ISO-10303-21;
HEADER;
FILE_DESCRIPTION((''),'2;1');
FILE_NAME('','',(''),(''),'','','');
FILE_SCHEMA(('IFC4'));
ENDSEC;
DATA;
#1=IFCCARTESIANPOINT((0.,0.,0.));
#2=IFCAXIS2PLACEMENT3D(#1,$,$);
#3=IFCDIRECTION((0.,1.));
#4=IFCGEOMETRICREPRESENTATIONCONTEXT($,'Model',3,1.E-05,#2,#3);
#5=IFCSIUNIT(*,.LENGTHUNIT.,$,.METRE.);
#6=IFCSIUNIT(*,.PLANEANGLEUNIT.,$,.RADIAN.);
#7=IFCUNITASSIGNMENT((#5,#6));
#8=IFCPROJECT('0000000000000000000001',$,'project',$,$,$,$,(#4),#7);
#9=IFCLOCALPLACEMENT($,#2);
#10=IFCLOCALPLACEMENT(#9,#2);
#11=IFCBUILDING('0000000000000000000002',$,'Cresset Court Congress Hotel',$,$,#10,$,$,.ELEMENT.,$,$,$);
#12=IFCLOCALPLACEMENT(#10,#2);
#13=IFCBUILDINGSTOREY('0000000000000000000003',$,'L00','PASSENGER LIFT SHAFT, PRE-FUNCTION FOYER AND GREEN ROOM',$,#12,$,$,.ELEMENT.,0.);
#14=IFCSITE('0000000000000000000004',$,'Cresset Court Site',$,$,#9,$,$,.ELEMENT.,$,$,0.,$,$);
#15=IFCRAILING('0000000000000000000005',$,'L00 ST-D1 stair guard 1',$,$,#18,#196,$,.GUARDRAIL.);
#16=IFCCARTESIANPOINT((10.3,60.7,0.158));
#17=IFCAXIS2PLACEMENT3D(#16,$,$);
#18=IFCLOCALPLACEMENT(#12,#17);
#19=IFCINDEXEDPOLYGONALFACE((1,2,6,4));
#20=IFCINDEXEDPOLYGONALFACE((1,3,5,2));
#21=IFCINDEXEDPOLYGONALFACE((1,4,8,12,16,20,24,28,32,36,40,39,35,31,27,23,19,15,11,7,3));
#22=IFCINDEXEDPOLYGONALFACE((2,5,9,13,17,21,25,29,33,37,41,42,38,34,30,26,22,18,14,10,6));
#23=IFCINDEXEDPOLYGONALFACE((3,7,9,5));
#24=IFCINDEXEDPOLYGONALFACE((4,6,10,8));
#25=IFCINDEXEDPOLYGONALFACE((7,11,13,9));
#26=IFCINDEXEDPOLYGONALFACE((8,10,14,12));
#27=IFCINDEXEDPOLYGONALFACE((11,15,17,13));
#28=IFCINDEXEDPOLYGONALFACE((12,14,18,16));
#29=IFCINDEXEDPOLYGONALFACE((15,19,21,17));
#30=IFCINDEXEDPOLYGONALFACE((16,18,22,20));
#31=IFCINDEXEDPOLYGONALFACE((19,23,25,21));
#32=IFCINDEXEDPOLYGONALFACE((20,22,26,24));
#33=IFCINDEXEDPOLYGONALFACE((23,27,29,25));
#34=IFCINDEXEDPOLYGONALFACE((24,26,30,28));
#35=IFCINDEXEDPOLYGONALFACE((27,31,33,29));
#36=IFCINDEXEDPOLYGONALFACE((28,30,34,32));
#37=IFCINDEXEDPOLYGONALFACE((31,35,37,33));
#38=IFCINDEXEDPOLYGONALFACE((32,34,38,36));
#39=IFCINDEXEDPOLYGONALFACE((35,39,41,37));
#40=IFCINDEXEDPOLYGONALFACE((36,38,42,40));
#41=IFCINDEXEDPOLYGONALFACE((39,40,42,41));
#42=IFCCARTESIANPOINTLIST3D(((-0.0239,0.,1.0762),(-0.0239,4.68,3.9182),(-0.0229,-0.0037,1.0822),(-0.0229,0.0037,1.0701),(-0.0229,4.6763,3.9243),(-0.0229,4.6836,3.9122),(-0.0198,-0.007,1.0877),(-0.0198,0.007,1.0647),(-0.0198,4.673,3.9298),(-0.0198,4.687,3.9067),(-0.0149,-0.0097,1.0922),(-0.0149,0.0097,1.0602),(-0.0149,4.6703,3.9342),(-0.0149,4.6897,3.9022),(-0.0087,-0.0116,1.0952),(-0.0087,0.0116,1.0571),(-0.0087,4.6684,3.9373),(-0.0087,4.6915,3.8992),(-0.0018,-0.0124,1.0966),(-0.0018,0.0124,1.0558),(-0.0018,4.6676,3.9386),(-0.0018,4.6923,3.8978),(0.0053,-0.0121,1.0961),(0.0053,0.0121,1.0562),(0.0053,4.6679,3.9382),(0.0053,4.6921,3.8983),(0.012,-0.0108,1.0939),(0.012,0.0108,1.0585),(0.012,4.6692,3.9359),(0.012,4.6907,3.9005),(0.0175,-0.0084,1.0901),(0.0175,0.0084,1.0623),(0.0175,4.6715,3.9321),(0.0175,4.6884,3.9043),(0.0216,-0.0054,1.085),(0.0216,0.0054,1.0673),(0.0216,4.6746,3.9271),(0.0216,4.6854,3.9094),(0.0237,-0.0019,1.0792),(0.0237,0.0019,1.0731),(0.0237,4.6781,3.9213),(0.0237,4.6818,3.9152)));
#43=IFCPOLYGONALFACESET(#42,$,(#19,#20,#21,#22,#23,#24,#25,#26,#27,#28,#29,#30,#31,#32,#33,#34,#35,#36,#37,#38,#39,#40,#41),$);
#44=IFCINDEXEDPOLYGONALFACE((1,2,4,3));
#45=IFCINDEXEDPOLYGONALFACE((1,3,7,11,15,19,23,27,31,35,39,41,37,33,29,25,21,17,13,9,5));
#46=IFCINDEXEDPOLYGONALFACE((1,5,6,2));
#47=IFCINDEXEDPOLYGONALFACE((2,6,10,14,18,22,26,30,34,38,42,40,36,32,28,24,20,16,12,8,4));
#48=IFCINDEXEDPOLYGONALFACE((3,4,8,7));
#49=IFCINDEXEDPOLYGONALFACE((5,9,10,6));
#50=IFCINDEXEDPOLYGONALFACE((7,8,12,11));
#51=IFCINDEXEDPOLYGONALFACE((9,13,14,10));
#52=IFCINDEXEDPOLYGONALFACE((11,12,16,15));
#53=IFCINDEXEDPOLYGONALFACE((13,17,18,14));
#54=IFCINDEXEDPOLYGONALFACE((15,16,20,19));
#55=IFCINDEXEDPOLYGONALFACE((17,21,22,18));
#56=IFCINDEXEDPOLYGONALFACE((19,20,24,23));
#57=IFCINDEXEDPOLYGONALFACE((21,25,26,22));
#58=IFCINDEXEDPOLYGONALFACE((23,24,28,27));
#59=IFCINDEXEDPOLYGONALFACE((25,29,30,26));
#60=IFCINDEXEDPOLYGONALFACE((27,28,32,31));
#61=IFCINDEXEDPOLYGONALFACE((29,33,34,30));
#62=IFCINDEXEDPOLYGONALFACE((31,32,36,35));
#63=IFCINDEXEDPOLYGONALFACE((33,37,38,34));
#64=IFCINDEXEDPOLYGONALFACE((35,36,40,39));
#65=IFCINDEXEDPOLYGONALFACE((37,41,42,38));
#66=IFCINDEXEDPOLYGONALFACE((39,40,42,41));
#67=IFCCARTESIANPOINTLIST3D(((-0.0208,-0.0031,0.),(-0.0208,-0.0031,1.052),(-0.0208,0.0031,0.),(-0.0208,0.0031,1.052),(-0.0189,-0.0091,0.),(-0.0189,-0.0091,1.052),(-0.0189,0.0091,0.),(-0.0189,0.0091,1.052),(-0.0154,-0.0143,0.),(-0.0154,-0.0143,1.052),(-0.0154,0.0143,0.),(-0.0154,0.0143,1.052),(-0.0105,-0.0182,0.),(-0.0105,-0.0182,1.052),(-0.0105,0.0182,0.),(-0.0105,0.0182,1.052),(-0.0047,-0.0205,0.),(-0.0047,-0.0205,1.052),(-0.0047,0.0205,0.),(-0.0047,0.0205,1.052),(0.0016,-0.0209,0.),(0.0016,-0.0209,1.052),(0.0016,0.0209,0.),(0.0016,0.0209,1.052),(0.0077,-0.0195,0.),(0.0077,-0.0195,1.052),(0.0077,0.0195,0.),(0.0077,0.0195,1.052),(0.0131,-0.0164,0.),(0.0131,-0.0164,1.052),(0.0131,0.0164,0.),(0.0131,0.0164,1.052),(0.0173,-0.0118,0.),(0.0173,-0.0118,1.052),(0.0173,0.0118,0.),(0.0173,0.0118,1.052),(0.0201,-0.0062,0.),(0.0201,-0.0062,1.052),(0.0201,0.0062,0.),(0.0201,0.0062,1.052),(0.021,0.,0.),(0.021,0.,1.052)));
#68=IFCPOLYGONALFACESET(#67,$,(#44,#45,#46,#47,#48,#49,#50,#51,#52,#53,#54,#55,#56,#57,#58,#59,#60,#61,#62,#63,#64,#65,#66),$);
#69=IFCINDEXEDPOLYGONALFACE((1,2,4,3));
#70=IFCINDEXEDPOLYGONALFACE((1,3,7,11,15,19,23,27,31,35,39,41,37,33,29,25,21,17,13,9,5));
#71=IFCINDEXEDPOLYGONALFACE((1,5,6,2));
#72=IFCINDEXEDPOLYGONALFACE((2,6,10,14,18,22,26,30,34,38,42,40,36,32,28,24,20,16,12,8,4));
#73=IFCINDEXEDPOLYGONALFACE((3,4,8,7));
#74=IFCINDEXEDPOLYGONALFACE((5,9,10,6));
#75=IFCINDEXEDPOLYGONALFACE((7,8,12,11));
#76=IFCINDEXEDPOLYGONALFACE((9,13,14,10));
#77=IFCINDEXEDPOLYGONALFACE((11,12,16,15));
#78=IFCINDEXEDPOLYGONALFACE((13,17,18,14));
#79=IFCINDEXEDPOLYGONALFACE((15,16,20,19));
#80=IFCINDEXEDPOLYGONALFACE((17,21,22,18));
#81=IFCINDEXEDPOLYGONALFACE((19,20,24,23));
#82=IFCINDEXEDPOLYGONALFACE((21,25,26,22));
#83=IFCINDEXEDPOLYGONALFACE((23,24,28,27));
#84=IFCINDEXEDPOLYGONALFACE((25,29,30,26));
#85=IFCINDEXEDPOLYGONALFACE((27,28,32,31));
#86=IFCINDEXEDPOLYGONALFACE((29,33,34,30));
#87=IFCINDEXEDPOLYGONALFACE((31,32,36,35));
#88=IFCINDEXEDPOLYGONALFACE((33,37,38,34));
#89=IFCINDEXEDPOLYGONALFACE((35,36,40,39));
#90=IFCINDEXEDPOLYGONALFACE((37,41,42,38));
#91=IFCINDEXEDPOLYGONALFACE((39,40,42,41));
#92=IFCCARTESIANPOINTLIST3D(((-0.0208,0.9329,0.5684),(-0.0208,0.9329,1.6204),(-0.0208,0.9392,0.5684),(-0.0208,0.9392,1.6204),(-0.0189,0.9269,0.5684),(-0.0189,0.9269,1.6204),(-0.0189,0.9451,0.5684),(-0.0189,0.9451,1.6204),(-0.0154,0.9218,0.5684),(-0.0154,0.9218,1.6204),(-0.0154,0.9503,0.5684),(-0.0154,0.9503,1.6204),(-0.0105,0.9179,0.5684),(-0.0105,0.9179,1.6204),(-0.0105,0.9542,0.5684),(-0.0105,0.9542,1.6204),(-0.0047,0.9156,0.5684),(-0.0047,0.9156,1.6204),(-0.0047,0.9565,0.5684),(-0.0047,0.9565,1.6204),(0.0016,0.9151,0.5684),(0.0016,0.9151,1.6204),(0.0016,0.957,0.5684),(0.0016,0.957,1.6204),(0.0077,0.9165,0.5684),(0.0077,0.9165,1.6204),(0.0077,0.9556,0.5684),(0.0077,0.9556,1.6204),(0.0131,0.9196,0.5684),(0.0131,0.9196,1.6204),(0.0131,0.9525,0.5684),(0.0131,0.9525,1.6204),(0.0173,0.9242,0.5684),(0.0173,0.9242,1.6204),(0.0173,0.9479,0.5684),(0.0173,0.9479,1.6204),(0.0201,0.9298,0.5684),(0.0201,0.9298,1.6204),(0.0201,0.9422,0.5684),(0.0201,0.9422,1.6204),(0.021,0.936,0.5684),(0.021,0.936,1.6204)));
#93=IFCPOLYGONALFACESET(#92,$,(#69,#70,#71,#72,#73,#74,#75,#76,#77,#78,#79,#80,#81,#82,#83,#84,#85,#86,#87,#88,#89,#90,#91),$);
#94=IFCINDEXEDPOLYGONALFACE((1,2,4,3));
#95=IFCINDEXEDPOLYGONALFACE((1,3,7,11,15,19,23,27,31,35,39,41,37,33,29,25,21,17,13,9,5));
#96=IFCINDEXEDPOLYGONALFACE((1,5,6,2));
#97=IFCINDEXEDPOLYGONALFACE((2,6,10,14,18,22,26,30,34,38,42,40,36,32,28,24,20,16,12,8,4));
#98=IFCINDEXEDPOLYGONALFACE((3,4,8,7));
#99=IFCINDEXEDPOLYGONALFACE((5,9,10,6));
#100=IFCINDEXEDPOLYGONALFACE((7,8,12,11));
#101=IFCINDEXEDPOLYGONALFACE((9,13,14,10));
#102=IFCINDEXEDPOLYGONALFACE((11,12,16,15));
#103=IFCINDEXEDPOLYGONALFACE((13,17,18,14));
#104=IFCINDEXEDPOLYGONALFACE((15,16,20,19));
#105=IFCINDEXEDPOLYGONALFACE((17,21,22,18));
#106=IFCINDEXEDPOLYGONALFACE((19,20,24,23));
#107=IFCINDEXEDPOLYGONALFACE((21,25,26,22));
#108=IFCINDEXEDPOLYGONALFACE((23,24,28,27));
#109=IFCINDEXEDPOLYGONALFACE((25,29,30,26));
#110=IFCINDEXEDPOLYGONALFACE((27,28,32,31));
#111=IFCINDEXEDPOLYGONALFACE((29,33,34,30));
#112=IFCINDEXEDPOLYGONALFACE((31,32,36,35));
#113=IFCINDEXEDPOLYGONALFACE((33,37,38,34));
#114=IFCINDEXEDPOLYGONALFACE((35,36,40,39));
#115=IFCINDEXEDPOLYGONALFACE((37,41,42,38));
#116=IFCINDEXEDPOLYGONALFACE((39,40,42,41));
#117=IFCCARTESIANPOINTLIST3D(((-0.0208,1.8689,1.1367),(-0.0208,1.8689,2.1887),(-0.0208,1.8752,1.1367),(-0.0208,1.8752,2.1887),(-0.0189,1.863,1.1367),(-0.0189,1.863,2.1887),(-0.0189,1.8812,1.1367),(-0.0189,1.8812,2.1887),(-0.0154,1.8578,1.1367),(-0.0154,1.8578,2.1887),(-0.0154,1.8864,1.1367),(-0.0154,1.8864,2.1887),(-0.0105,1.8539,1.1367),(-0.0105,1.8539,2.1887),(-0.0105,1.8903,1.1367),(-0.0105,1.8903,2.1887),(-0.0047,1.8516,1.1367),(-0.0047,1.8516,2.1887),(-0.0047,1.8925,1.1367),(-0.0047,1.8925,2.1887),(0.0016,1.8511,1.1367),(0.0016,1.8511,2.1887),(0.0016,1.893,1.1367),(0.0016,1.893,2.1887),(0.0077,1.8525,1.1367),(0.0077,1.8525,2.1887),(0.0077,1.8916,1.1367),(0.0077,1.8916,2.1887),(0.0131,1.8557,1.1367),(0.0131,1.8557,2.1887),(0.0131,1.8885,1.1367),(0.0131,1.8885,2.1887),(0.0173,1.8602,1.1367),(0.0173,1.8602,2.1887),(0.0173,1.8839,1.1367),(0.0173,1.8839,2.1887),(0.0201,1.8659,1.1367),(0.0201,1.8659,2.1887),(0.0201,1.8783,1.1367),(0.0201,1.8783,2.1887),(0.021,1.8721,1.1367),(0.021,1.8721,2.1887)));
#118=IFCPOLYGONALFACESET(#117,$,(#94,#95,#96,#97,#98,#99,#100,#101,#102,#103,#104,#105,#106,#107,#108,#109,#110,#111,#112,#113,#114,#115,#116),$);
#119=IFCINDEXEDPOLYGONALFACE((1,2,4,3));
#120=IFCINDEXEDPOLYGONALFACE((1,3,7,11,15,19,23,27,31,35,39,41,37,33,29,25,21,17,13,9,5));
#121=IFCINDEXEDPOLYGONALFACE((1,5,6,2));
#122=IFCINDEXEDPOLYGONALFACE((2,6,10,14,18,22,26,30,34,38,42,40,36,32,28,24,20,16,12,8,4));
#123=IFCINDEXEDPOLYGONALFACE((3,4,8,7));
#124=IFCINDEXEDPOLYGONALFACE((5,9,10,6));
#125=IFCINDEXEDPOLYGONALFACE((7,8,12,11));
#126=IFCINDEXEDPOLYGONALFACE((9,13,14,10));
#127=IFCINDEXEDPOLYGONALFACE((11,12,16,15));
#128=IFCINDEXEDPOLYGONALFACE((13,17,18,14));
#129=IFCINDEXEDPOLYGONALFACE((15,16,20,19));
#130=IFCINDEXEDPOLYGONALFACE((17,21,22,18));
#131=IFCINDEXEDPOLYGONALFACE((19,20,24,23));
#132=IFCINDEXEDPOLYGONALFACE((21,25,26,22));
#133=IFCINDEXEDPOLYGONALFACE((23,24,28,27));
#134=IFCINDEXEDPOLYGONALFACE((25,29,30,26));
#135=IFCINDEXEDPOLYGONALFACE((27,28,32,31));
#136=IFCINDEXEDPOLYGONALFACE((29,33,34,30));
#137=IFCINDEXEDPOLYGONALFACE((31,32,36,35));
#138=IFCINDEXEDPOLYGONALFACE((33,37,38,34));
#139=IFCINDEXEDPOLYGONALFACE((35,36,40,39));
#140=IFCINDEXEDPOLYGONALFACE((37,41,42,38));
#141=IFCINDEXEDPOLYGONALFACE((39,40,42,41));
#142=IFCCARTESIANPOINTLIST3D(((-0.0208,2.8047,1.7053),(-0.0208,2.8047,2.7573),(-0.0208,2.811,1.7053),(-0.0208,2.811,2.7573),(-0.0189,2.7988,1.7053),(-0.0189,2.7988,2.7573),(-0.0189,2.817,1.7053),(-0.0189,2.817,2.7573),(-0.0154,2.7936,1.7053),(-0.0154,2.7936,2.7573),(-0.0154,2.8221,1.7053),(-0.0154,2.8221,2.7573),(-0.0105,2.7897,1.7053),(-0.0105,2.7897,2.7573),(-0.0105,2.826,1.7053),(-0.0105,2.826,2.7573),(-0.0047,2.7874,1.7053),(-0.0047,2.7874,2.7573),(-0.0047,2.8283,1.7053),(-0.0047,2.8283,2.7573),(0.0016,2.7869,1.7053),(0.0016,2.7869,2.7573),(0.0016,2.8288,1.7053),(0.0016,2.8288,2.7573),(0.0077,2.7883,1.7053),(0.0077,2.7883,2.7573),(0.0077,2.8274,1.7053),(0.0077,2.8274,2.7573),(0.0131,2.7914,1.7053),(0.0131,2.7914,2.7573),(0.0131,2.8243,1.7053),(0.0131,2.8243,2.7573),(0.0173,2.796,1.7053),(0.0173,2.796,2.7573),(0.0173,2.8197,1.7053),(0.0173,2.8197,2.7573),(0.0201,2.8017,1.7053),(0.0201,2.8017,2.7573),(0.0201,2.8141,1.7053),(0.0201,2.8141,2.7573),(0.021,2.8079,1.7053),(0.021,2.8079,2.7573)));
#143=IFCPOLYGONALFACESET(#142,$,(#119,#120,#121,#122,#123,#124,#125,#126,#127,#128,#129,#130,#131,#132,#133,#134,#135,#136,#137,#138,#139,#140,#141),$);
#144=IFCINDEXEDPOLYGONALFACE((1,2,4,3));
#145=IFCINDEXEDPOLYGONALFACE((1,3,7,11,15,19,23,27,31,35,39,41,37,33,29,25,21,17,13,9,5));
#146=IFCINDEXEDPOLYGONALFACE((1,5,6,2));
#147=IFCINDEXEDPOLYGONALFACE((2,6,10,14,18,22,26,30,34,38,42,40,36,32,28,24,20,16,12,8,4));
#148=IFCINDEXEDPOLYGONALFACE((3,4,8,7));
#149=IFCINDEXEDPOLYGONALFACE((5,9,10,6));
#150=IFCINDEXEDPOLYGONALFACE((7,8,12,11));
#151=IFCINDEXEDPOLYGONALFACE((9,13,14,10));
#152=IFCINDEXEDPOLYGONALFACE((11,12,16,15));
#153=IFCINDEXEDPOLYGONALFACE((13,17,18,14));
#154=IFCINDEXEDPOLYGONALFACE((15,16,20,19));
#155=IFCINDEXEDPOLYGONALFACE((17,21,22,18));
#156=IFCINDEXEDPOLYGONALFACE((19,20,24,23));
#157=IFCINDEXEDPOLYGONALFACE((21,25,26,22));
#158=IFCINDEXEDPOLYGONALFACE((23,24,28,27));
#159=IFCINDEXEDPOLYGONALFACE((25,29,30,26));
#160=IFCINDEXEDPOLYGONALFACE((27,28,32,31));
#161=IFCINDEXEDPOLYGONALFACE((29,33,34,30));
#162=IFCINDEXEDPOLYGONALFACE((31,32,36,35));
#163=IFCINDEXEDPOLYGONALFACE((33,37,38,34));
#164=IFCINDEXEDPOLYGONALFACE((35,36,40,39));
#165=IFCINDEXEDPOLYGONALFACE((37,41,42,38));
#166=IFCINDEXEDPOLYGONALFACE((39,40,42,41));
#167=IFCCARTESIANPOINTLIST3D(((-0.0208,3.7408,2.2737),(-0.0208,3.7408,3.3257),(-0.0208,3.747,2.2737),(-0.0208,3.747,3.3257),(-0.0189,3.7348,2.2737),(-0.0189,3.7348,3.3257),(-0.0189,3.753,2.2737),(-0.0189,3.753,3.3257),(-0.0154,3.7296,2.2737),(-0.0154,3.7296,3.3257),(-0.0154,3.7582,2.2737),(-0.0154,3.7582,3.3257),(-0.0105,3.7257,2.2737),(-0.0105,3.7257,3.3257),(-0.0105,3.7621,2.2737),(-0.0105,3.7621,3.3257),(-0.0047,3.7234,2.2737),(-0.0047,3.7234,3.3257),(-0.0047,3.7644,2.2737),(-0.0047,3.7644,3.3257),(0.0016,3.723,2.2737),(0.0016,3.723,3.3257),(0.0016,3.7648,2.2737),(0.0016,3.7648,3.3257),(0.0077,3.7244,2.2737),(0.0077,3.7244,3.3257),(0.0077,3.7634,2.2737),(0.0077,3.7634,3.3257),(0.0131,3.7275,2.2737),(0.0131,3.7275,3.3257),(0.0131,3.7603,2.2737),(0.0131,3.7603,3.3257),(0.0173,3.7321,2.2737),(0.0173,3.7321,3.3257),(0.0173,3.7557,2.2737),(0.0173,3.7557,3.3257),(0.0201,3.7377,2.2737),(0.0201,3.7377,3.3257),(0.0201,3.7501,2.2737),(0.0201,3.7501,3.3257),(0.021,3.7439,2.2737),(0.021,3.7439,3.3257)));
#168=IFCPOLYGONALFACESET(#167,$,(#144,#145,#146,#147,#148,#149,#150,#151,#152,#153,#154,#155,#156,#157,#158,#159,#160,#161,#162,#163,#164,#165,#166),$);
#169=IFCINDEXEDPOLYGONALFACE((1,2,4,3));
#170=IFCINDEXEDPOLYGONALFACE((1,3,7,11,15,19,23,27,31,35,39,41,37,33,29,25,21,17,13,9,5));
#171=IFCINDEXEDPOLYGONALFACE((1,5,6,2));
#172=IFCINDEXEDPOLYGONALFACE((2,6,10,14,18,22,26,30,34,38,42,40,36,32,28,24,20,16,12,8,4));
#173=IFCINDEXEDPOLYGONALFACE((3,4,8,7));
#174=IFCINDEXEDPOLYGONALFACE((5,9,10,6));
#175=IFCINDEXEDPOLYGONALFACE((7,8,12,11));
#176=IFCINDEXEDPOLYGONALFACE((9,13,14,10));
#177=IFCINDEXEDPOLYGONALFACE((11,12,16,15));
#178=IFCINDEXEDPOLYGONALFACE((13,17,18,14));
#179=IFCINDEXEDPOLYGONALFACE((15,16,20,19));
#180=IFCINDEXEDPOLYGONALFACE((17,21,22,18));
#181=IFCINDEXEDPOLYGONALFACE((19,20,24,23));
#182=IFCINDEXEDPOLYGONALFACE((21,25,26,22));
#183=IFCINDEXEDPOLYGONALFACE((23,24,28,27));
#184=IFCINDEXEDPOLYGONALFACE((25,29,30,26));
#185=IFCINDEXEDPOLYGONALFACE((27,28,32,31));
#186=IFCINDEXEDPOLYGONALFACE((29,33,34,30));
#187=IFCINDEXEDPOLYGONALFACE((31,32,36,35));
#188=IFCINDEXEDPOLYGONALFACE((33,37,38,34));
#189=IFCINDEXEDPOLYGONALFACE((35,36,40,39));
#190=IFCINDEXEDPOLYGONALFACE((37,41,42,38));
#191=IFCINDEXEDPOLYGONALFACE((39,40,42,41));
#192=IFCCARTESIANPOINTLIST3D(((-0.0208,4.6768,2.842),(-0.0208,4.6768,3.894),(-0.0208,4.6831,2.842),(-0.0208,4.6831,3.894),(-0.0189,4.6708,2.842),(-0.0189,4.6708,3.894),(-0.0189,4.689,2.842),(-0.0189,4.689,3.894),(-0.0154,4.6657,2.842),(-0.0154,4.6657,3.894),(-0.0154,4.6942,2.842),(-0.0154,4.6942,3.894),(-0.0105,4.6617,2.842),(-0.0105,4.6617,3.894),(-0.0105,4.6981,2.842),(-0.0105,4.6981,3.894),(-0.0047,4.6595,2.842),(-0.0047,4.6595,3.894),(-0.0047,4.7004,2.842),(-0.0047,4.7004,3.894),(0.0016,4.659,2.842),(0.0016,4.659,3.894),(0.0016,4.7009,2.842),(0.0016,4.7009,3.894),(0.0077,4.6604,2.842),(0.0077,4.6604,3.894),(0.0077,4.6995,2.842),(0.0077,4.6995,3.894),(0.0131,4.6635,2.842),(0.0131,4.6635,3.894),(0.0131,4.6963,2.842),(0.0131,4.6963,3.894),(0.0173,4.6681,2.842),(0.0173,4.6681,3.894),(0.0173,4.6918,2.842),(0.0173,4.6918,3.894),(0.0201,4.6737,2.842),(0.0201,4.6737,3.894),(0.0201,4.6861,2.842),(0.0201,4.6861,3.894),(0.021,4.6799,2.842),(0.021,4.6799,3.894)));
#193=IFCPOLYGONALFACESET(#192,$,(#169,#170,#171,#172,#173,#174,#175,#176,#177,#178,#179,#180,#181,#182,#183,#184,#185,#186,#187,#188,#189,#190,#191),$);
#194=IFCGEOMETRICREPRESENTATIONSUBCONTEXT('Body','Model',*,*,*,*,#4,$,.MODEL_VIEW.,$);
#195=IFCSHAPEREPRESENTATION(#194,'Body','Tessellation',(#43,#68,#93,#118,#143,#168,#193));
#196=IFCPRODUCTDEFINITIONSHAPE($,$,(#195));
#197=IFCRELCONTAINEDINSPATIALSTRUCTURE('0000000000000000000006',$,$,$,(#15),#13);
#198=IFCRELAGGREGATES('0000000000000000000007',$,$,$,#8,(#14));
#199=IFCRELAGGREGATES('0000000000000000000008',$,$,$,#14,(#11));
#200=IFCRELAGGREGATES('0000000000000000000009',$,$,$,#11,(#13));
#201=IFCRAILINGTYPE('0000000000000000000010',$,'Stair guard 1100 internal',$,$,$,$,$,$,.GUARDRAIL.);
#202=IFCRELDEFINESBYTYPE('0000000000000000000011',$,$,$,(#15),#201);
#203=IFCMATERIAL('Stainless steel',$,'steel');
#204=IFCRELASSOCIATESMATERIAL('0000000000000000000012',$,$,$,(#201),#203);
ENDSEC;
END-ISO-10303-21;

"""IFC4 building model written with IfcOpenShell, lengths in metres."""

from ifc_helpers import new_model, si_unit, direction, frame, origin, origin_2d, place, context, subcontext, project, spatial, circle, extrude, material, type_object, element, save


model = new_model("IFC4")

# Units and contexts
model_context = context("Model", 3, precision=1e-05, world=origin(), true_north=direction((0.0, 1.0)))
body_context = subcontext(model_context, "Body", "Model", "MODEL_VIEW")
ifc_project = project(units=[si_unit("LENGTHUNIT", "METRE"), si_unit("PLANEANGLEUNIT", "RADIAN")], contexts=[model_context])

# Site, building, storey
site_placement = place(None, origin())
site = spatial("IfcSite", under=ifc_project, at=site_placement, Name="Cresset Court Site", CompositionType="ELEMENT", RefElevation=0.0)
building_placement = place(site_placement, origin())
building = spatial("IfcBuilding", under=site, at=building_placement, Name="Cresset Court Congress Hotel", CompositionType="ELEMENT")
storey_placement = place(building_placement, origin())
storey = spatial("IfcBuildingStorey", under=building, at=storey_placement, Name="L00", Description="PASSENGER LIFT SHAFT, PRE-FUNCTION FOYER AND GREEN ROOM", CompositionType="ELEMENT", Elevation=0.0)

# Railing
ifc_material_1 = material(Name="Stainless steel", Category="steel")
railing_type_1 = type_object("IfcRailingType", Name="Stair guard 1100 internal", PredefinedType="GUARDRAIL", material=ifc_material_1)
railing_1_placement = place(storey_placement, frame((10.3, 60.7, 0.158)))
element("IfcRailing", 1, at=railing_1_placement, inside=storey, type_object=railing_type_1, Name="L00 ST-D1 stair guard 1", PredefinedType="GUARDRAIL", context=body_context, shape_type="SweptSolid", body=[
    extrude(circle(Radius=0.0239, at=origin_2d()), frame((0.0, 0.0, 1.0762), z_axis=(0.0, 0.854735, 0.519065), x_axis=(-1.0, 0.0, 0.0)), (0.0, 0.0, 1.0), 5.4753),
    extrude(circle(Radius=0.021, at=origin_2d()), origin(), (0.0, 0.0, 1.0), 1.052),
    extrude(circle(Radius=0.021, at=origin_2d()), frame((0.0, 0.936, 0.5684)), (0.0, 0.0, 1.0), 1.052),
    extrude(circle(Radius=0.021, at=origin_2d()), frame((0.0, 1.8721, 1.1367)), (0.0, 0.0, 1.0), 1.052),
    extrude(circle(Radius=0.021, at=origin_2d()), frame((0.0, 2.8079, 1.7053)), (0.0, 0.0, 1.0), 1.052),
    extrude(circle(Radius=0.021, at=origin_2d()), frame((0.0, 3.7439, 2.2737)), (0.0, 0.0, 1.0), 1.052),
    extrude(circle(Radius=0.021, at=origin_2d()), frame((0.0, 4.6799, 2.842)), (0.0, 0.0, 1.0), 1.052),
])

save(model, "model.ifc")
